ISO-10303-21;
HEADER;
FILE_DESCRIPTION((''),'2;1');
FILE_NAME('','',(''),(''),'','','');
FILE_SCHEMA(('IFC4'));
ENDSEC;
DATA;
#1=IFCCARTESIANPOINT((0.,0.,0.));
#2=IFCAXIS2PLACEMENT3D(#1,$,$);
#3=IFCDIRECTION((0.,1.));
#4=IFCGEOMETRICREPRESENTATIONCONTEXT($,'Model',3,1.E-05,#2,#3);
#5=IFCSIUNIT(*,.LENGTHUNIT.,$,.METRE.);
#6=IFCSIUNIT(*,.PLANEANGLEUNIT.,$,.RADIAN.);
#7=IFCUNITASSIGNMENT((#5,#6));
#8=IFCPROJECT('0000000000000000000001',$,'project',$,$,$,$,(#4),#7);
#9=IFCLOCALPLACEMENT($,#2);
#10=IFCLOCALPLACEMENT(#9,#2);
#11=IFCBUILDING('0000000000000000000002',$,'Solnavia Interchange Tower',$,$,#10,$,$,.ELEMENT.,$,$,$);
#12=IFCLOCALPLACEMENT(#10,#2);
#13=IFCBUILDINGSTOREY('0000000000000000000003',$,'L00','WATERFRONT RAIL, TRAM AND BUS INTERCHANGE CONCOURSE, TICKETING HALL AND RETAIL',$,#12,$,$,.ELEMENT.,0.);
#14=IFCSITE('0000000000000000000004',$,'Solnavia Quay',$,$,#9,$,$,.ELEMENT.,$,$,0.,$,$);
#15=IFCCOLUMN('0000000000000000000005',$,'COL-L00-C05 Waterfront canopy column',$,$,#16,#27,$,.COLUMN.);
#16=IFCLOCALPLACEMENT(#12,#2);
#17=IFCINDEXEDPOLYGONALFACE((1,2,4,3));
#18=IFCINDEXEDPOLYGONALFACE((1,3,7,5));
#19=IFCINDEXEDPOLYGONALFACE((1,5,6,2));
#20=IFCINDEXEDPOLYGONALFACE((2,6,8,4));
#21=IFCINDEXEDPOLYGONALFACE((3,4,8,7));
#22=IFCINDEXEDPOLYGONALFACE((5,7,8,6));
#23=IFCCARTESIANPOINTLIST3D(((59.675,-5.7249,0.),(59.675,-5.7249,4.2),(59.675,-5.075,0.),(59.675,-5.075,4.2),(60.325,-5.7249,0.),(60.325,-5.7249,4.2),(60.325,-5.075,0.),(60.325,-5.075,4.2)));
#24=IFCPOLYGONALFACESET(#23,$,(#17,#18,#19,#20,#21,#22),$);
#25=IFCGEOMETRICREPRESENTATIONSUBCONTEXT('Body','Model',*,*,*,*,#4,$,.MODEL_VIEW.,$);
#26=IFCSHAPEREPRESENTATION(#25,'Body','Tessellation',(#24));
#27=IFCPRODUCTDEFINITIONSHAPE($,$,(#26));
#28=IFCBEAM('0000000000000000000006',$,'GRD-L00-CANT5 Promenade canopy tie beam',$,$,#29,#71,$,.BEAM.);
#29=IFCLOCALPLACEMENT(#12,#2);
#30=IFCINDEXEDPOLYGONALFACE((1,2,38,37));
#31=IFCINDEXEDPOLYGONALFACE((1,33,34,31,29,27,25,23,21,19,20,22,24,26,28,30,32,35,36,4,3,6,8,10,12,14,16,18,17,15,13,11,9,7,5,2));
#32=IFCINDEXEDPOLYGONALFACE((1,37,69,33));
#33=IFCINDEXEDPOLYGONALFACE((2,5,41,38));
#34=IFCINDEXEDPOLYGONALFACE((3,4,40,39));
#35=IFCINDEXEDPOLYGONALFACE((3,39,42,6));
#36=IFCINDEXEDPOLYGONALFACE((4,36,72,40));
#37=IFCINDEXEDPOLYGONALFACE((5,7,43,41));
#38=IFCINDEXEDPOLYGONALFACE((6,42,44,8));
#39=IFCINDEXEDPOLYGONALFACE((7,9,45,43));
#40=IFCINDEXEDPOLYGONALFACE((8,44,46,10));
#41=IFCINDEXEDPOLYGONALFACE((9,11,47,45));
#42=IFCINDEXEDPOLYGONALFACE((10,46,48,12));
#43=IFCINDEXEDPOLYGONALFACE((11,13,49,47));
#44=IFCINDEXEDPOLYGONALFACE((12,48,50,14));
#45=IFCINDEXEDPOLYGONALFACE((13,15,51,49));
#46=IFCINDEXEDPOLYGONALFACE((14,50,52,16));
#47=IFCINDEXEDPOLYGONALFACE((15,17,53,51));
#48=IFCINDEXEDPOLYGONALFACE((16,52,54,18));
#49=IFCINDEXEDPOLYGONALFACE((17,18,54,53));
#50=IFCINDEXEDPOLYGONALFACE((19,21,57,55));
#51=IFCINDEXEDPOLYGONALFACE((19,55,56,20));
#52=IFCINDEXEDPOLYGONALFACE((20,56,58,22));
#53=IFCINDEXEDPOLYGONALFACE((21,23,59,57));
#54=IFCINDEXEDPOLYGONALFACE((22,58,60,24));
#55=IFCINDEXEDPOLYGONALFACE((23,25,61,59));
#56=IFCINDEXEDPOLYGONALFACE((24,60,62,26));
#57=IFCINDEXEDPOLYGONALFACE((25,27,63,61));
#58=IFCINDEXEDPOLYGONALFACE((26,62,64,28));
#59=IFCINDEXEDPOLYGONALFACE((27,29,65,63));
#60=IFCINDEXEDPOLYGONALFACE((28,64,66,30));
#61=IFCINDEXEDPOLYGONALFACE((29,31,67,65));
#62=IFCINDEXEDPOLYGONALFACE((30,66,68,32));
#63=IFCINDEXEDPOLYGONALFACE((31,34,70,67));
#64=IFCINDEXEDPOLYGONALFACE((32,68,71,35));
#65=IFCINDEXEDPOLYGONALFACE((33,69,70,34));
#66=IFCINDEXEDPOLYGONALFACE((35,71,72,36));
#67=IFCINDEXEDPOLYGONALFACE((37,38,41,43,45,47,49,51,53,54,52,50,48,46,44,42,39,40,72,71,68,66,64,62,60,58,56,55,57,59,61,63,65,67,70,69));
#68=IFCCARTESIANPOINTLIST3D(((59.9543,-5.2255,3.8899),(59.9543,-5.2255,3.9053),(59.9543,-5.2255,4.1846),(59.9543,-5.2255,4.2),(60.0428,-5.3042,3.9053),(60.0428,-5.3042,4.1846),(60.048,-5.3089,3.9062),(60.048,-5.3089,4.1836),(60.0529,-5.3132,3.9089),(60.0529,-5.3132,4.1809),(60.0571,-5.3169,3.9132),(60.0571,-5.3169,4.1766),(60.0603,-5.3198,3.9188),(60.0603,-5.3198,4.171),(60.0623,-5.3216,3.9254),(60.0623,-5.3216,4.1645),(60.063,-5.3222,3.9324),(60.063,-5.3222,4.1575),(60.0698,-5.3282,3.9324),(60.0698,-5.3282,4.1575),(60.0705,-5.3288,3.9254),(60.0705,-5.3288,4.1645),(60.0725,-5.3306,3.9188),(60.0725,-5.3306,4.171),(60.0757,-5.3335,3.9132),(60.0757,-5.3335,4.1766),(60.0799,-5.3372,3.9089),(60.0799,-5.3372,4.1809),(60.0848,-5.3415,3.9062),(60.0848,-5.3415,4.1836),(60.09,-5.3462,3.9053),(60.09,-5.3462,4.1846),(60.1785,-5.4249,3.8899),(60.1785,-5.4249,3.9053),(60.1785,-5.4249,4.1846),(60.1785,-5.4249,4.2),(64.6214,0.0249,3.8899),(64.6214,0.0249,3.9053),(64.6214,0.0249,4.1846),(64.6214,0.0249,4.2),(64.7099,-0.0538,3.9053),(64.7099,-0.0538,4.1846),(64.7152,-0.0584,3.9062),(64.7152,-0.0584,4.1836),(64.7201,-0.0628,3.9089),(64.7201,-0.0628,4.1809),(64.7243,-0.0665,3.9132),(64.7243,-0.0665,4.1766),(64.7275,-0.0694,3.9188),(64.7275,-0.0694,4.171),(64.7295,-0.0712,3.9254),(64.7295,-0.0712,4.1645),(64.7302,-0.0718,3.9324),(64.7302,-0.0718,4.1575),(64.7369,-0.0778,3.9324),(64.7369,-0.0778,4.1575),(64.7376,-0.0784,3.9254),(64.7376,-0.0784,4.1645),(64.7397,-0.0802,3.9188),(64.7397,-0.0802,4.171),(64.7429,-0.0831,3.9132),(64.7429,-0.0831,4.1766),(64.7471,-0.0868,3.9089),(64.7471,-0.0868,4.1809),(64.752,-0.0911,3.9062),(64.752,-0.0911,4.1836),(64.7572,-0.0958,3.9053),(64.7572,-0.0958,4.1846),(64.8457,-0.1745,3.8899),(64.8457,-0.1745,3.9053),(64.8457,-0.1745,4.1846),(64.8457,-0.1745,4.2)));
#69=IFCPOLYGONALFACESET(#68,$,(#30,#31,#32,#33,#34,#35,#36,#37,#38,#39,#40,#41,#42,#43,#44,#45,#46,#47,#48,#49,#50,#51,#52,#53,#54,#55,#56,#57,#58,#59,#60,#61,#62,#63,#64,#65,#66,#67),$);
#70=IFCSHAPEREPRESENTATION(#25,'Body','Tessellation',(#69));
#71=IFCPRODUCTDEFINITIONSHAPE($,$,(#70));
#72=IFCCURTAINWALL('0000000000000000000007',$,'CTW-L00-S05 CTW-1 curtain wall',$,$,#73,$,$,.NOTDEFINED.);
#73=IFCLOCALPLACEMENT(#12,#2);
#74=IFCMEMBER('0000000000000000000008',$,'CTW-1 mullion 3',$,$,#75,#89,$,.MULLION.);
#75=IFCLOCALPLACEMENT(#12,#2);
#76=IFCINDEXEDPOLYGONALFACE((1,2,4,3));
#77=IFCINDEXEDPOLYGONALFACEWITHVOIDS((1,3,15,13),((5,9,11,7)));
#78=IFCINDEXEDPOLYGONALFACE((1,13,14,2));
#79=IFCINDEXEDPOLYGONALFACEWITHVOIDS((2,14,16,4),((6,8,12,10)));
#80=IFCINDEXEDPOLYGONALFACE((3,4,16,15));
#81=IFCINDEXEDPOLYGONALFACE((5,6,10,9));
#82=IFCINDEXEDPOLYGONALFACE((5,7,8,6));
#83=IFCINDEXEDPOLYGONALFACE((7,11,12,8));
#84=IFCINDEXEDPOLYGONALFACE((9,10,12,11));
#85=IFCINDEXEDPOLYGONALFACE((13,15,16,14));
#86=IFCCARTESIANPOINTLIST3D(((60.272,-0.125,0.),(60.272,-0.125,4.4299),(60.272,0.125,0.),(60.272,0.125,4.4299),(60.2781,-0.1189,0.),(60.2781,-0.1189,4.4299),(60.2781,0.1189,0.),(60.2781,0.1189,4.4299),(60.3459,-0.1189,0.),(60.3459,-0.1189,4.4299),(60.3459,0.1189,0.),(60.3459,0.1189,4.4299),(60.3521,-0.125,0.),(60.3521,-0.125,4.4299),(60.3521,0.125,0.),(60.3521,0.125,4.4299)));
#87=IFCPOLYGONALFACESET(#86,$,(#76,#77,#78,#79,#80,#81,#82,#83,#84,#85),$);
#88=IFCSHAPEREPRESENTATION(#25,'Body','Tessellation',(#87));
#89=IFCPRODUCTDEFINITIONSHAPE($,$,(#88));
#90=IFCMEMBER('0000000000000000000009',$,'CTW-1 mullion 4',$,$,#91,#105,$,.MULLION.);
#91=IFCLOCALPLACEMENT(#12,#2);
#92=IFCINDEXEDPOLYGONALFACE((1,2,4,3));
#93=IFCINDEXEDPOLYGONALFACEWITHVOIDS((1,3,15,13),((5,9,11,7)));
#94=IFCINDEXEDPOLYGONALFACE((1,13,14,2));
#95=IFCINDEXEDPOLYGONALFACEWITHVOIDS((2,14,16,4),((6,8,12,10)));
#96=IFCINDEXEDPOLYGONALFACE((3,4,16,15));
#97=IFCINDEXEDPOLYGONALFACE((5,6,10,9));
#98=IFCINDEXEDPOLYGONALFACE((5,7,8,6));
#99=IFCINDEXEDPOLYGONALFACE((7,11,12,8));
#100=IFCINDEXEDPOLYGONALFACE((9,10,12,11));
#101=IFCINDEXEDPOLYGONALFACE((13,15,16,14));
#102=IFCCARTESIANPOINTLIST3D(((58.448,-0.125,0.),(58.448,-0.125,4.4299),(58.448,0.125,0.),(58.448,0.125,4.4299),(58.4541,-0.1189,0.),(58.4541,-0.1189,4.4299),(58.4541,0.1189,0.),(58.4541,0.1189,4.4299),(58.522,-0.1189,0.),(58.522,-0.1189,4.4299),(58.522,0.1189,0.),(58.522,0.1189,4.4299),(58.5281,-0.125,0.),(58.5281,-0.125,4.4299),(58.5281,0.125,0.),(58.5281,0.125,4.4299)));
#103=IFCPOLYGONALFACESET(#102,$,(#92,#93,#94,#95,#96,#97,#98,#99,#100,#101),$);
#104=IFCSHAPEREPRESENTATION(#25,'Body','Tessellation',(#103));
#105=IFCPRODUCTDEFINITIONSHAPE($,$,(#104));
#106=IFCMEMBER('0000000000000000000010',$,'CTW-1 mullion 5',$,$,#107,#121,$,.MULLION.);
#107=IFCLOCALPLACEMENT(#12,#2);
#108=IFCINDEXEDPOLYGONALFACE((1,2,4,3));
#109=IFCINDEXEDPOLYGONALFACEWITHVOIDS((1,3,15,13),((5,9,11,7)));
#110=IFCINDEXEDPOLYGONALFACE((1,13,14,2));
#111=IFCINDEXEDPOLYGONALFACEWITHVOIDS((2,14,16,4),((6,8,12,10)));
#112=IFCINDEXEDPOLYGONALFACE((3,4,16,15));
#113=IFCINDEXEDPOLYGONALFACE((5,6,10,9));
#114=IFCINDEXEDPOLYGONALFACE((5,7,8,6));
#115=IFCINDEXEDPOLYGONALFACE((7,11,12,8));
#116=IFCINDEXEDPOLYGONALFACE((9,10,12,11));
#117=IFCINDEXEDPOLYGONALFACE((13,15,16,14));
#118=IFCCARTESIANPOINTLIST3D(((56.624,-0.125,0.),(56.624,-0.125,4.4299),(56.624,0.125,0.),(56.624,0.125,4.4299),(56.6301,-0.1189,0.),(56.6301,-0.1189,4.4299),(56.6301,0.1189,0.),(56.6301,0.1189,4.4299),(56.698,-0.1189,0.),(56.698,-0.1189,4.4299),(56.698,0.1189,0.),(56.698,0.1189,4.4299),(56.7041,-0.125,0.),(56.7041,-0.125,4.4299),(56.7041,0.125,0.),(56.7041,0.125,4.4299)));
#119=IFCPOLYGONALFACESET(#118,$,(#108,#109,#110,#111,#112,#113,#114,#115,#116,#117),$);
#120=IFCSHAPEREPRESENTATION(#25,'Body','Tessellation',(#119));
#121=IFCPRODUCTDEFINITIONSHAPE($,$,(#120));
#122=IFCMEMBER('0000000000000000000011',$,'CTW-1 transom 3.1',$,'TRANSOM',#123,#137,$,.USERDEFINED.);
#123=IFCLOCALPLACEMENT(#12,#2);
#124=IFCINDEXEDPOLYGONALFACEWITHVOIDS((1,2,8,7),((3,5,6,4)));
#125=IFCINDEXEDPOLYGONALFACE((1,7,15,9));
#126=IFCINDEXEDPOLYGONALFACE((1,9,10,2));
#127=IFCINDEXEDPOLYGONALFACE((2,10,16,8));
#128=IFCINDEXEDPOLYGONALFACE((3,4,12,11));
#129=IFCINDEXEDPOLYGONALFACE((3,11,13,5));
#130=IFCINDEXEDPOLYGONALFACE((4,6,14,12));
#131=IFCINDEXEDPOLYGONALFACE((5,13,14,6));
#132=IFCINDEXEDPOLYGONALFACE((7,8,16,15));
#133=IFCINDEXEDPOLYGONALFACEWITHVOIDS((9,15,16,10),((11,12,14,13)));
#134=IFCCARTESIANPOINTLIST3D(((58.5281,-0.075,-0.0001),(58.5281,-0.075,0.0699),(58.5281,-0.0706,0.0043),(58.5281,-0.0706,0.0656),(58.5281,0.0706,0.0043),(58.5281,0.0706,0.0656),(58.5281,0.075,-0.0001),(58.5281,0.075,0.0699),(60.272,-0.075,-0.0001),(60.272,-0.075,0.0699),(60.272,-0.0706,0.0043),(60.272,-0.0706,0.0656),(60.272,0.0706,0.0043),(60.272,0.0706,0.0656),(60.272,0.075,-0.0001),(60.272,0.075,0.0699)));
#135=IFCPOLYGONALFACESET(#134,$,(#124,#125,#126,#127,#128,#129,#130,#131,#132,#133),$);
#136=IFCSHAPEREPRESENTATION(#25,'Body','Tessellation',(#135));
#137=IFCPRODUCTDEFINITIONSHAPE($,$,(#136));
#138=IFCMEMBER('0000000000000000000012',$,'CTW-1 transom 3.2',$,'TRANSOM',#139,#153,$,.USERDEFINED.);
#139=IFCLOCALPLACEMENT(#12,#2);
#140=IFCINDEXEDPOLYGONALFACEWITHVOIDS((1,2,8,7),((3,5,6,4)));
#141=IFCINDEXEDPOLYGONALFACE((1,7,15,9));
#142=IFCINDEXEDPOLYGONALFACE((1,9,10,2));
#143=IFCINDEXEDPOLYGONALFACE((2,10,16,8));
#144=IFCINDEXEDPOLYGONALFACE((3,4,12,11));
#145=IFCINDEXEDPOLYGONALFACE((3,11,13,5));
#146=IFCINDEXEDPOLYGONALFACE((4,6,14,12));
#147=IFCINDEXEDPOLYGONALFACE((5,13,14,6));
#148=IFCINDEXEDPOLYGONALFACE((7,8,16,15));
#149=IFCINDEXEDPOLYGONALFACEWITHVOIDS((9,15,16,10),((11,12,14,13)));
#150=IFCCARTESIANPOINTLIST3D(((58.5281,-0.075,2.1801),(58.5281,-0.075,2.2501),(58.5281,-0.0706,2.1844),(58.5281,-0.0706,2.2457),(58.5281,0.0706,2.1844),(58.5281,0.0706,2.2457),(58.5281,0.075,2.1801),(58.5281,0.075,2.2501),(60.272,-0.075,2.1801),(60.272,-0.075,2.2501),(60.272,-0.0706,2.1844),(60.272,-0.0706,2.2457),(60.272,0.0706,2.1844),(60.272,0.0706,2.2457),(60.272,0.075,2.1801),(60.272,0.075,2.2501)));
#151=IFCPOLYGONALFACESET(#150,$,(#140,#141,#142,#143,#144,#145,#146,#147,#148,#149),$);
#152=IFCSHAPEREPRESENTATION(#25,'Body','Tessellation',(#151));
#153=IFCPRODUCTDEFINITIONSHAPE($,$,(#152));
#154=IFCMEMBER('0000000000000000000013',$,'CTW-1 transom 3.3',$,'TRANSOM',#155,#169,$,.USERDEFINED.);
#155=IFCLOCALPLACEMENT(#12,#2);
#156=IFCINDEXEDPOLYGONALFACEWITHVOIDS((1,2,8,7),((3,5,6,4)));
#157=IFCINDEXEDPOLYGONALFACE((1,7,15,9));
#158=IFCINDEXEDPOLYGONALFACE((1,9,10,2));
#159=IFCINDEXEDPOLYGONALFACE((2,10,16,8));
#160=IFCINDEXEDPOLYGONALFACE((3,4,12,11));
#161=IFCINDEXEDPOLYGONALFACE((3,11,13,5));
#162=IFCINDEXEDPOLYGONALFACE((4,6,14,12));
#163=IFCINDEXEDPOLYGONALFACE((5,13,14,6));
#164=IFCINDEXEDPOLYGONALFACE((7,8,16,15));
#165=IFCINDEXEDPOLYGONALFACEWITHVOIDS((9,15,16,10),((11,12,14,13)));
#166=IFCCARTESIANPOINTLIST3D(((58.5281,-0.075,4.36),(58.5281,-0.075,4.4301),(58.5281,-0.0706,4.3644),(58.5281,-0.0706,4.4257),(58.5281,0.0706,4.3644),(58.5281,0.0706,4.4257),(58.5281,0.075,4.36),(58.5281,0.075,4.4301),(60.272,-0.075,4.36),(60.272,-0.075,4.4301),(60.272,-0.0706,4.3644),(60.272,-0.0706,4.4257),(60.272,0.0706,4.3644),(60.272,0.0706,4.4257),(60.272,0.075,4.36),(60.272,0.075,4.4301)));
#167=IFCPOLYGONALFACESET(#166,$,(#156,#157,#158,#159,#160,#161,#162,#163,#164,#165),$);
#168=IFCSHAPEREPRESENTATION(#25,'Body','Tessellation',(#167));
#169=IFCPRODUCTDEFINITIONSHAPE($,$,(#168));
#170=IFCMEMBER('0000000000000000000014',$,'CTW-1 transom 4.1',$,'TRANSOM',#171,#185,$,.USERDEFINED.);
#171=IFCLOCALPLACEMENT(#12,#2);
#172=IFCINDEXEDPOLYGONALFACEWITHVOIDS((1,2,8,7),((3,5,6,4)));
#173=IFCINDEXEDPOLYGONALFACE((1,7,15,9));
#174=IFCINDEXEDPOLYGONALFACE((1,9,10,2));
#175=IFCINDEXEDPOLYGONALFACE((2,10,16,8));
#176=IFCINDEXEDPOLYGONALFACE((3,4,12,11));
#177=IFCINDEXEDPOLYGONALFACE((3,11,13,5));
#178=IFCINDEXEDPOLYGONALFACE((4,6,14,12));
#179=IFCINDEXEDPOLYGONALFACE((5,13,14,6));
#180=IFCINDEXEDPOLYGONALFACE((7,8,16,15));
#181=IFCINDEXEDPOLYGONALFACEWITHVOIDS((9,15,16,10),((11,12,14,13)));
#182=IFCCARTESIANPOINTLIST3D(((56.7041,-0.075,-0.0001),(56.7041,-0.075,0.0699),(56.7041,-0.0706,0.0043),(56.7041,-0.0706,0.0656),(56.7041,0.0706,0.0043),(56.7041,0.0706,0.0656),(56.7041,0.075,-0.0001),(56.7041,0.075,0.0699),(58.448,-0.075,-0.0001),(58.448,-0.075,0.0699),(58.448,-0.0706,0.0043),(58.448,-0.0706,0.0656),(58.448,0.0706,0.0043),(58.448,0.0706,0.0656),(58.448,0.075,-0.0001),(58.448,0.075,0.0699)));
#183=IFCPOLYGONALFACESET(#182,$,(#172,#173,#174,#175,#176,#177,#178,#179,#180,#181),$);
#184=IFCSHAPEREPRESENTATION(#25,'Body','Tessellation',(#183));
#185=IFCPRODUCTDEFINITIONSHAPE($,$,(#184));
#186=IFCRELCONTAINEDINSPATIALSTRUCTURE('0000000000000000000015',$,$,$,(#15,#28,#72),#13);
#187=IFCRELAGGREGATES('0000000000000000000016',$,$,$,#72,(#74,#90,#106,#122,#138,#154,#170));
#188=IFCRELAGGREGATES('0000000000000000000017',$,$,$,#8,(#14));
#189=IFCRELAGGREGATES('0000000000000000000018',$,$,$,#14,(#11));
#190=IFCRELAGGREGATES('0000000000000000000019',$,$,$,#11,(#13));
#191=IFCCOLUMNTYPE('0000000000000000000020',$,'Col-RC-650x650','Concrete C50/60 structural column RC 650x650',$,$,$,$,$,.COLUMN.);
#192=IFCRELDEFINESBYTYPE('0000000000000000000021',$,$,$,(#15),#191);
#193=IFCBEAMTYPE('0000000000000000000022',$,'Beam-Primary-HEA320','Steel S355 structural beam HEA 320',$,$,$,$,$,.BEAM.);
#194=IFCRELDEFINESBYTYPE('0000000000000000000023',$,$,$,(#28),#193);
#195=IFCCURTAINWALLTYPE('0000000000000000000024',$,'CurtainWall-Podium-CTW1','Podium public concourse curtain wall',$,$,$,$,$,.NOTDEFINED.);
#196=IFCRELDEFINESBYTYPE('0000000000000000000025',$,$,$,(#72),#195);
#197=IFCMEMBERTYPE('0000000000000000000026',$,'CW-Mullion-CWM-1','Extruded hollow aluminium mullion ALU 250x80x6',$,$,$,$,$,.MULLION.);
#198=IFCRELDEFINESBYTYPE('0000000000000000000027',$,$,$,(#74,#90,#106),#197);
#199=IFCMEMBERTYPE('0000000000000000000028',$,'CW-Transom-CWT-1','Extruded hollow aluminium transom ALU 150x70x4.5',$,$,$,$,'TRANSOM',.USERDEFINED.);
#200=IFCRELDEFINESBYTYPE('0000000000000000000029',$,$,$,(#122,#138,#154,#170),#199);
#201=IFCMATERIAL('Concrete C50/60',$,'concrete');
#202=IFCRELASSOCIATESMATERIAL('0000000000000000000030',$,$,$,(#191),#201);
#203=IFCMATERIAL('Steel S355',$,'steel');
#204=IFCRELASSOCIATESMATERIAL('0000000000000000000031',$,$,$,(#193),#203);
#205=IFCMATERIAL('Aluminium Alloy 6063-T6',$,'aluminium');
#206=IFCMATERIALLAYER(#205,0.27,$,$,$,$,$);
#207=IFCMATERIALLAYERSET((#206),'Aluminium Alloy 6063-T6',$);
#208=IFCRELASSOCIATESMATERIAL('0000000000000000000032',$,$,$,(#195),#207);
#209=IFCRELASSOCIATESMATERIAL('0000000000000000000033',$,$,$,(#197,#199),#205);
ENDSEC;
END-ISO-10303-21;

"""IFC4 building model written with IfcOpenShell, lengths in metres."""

from ifc_helpers import new_model, si_unit, direction, frame, origin, origin_2d, place, context, subcontext, project, spatial, rectangle, hollow_rectangle, i_section, extrude, material, layer, layer_set, material_profile, profile_set, type_object, element, aggregate, save


model = new_model("IFC4")

# Units and contexts
model_context = context("Model", 3, precision=1e-05, world=origin(), true_north=direction((0.0, 1.0)))
body_context = subcontext(model_context, "Body", "Model", "MODEL_VIEW")
ifc_project = project(units=[si_unit("LENGTHUNIT", "METRE"), si_unit("PLANEANGLEUNIT", "RADIAN")], contexts=[model_context])

# Site, building, storey
site_placement = place(None, origin())
site = spatial("IfcSite", under=ifc_project, at=site_placement, Name="Solnavia Quay", CompositionType="ELEMENT", RefElevation=0.0)
building_placement = place(site_placement, origin())
building = spatial("IfcBuilding", under=site, at=building_placement, Name="Solnavia Interchange Tower", CompositionType="ELEMENT")
storey_placement = place(building_placement, origin())
storey = spatial("IfcBuildingStorey", under=building, at=storey_placement, Name="L00", Description="WATERFRONT RAIL, TRAM AND BUS INTERCHANGE CONCOURSE, TICKETING HALL AND RETAIL", CompositionType="ELEMENT", Elevation=0.0)

# Column
ifc_material_1 = material(Name="Concrete C50/60", Category="concrete")
ifc_material_profile_1 = material_profile(ifc_material_1, rectangle(XDim=0.6499, YDim=0.6499, at=origin_2d()), Name="RC 650x650")
ifc_profile_set_1 = profile_set([ifc_material_profile_1], Name="Concrete C50/60")
column_type = type_object("IfcColumnType", Name="Col-RC-650x650", Description="Concrete C50/60 structural column RC 650x650", PredefinedType="COLUMN", material=ifc_profile_set_1)
column_placement = place(storey_placement, frame((60.0, -5.3999, 0.0), z_axis=(0.0, 0.0, 1.0), x_axis=(1.0, 0.0, 0.0)))
element("IfcColumn", 1, at=column_placement, inside=storey, type_object=column_type, Name="COL-L00-C05 Waterfront canopy column", PredefinedType="COLUMN", context=body_context, shape_type="SweptSolid", body=[
    extrude(rectangle(XDim=0.6499, YDim=0.6499, at=origin_2d()), origin(), (0.0, 0.0, 1.0), 4.2),
])

# Beam
ifc_material_2 = material(Name="Steel S355", Category="steel")
ifc_material_profile_2 = material_profile(ifc_material_2, i_section(OverallWidth=0.3, OverallDepth=0.3101, WebThickness=0.009, FlangeThickness=0.0154, FilletRadius=0.0271, at=origin_2d()), Name="HEA 320")
ifc_profile_set_2 = profile_set([ifc_material_profile_2], Name="Steel S355")
beam_type = type_object("IfcBeamType", Name="Beam-Primary-HEA320", Description="Steel S355 structural beam HEA 320", PredefinedType="BEAM", material=ifc_profile_set_2)
beam_placement = place(storey_placement, frame((60.0664, -5.3252, 4.0449), z_axis=(0.664375, 0.7474, 0.0), x_axis=(-0.7474, 0.664375, 0.0)))
element("IfcBeam", 2, at=beam_placement, inside=storey, type_object=beam_type, Name="GRD-L00-CANT5 Promenade canopy tie beam", PredefinedType="BEAM", context=body_context, shape_type="SweptSolid", body=[
    extrude(i_section(OverallWidth=0.3, OverallDepth=0.3101, WebThickness=0.009, FlangeThickness=0.0154, FilletRadius=0.0271, at=origin_2d()), origin(), (0.0, 0.0, 1.0), 7.0249),
])

# Curtain wall, members
ifc_material_3 = material(Name="Aluminium Alloy 6063-T6", Category="aluminium")
ifc_layer_1 = layer(ifc_material_3, 0.27)
ifc_layer_set_1 = layer_set([ifc_layer_1], Name="Aluminium Alloy 6063-T6")
curtain_wall_type = type_object("IfcCurtainWallType", Name="CurtainWall-Podium-CTW1", Description="Podium public concourse curtain wall", PredefinedType="NOTDEFINED", material=ifc_layer_set_1)
curtain_wall_placement = place(storey_placement, origin())
curtain_wall = element("IfcCurtainWall", 3, at=curtain_wall_placement, inside=storey, type_object=curtain_wall_type, Name="CTW-L00-S05 CTW-1 curtain wall", PredefinedType="NOTDEFINED")
ifc_material_profile_3 = material_profile(ifc_material_3, hollow_rectangle(XDim=0.0801, YDim=0.25, WallThickness=0.0061, at=origin_2d()), Name="ALU 250x80x6")
ifc_profile_set_3 = profile_set([ifc_material_profile_3], Name="Aluminium Alloy 6063-T6")
member_type_1 = type_object("IfcMemberType", Name="CW-Mullion-CWM-1", Description="Extruded hollow aluminium mullion ALU 250x80x6", PredefinedType="MULLION", material=ifc_profile_set_3)
member_1_placement = place(storey_placement, frame((60.312, 0.0, 0.0), z_axis=(0.0, 0.0, 1.0), x_axis=(-1.0, 0.0, 0.0)))
member_1 = element("IfcMember", 4, at=member_1_placement, type_object=member_type_1, Name="CTW-1 mullion 3", PredefinedType="MULLION", context=body_context, shape_type="SweptSolid", body=[
    extrude(hollow_rectangle(XDim=0.0801, YDim=0.25, WallThickness=0.0061, at=origin_2d()), origin(), (0.0, 0.0, 1.0), 4.4299),
])
member_2_placement = place(storey_placement, frame((58.488, 0.0, 0.0), z_axis=(0.0, 0.0, 1.0), x_axis=(-1.0, 0.0, 0.0)))
member_2 = element("IfcMember", 5, at=member_2_placement, type_object=member_type_1, Name="CTW-1 mullion 4", PredefinedType="MULLION", context=body_context, shape_type="SweptSolid", body=[
    extrude(hollow_rectangle(XDim=0.0801, YDim=0.25, WallThickness=0.0061, at=origin_2d()), origin(), (0.0, 0.0, 1.0), 4.4299),
])
member_3_placement = place(storey_placement, frame((56.6641, 0.0, 0.0), z_axis=(0.0, 0.0, 1.0), x_axis=(-1.0, 0.0, 0.0)))
member_3 = element("IfcMember", 6, at=member_3_placement, type_object=member_type_1, Name="CTW-1 mullion 5", PredefinedType="MULLION", context=body_context, shape_type="SweptSolid", body=[
    extrude(hollow_rectangle(XDim=0.0801, YDim=0.25, WallThickness=0.0061, at=origin_2d()), origin(), (0.0, 0.0, 1.0), 4.4299),
])
ifc_material_profile_4 = material_profile(ifc_material_3, hollow_rectangle(XDim=0.0701, YDim=0.1499, WallThickness=0.0044, at=origin_2d()), Name="ALU 150x70x4.5")
ifc_profile_set_4 = profile_set([ifc_material_profile_4], Name="Aluminium Alloy 6063-T6")
member_type_2 = type_object("IfcMemberType", Name="CW-Transom-CWT-1", Description="Extruded hollow aluminium transom ALU 150x70x4.5", ElementType="TRANSOM", PredefinedType="USERDEFINED", material=ifc_profile_set_4)
member_4_placement = place(storey_placement, frame((60.272, 0.0, 0.0349), z_axis=(-1.0, 0.0, 0.0), x_axis=(0.0, 0.0, 1.0)))
member_4 = element("IfcMember", 7, at=member_4_placement, type_object=member_type_2, Name="CTW-1 transom 3.1", ObjectType="TRANSOM", PredefinedType="USERDEFINED", context=body_context, shape_type="SweptSolid", body=[
    extrude(hollow_rectangle(XDim=0.0701, YDim=0.1499, WallThickness=0.0044, at=origin_2d()), origin(), (0.0, 0.0, 1.0), 1.7439),
])
member_5_placement = place(storey_placement, frame((60.272, 0.0, 2.2151), z_axis=(-1.0, 0.0, 0.0), x_axis=(0.0, 0.0, 1.0)))
member_5 = element("IfcMember", 8, at=member_5_placement, type_object=member_type_2, Name="CTW-1 transom 3.2", ObjectType="TRANSOM", PredefinedType="USERDEFINED", context=body_context, shape_type="SweptSolid", body=[
    extrude(hollow_rectangle(XDim=0.0701, YDim=0.1499, WallThickness=0.0044, at=origin_2d()), origin(), (0.0, 0.0, 1.0), 1.7439),
])
member_6_placement = place(storey_placement, frame((60.272, 0.0, 4.395), z_axis=(-1.0, 0.0, 0.0), x_axis=(0.0, 0.0, 1.0)))
member_6 = element("IfcMember", 9, at=member_6_placement, type_object=member_type_2, Name="CTW-1 transom 3.3", ObjectType="TRANSOM", PredefinedType="USERDEFINED", context=body_context, shape_type="SweptSolid", body=[
    extrude(hollow_rectangle(XDim=0.0701, YDim=0.1499, WallThickness=0.0044, at=origin_2d()), origin(), (0.0, 0.0, 1.0), 1.7439),
])
member_7_placement = place(storey_placement, frame((58.448, 0.0, 0.0349), z_axis=(-1.0, 0.0, 0.0), x_axis=(0.0, 0.0, 1.0)))
member_7 = element("IfcMember", 10, at=member_7_placement, type_object=member_type_2, Name="CTW-1 transom 4.1", ObjectType="TRANSOM", PredefinedType="USERDEFINED", context=body_context, shape_type="SweptSolid", body=[
    extrude(hollow_rectangle(XDim=0.0701, YDim=0.1499, WallThickness=0.0044, at=origin_2d()), origin(), (0.0, 0.0, 1.0), 1.7439),
])
aggregate(curtain_wall, [member_1, member_2, member_3, member_4, member_5, member_6, member_7])

save(model, "model.ifc")
